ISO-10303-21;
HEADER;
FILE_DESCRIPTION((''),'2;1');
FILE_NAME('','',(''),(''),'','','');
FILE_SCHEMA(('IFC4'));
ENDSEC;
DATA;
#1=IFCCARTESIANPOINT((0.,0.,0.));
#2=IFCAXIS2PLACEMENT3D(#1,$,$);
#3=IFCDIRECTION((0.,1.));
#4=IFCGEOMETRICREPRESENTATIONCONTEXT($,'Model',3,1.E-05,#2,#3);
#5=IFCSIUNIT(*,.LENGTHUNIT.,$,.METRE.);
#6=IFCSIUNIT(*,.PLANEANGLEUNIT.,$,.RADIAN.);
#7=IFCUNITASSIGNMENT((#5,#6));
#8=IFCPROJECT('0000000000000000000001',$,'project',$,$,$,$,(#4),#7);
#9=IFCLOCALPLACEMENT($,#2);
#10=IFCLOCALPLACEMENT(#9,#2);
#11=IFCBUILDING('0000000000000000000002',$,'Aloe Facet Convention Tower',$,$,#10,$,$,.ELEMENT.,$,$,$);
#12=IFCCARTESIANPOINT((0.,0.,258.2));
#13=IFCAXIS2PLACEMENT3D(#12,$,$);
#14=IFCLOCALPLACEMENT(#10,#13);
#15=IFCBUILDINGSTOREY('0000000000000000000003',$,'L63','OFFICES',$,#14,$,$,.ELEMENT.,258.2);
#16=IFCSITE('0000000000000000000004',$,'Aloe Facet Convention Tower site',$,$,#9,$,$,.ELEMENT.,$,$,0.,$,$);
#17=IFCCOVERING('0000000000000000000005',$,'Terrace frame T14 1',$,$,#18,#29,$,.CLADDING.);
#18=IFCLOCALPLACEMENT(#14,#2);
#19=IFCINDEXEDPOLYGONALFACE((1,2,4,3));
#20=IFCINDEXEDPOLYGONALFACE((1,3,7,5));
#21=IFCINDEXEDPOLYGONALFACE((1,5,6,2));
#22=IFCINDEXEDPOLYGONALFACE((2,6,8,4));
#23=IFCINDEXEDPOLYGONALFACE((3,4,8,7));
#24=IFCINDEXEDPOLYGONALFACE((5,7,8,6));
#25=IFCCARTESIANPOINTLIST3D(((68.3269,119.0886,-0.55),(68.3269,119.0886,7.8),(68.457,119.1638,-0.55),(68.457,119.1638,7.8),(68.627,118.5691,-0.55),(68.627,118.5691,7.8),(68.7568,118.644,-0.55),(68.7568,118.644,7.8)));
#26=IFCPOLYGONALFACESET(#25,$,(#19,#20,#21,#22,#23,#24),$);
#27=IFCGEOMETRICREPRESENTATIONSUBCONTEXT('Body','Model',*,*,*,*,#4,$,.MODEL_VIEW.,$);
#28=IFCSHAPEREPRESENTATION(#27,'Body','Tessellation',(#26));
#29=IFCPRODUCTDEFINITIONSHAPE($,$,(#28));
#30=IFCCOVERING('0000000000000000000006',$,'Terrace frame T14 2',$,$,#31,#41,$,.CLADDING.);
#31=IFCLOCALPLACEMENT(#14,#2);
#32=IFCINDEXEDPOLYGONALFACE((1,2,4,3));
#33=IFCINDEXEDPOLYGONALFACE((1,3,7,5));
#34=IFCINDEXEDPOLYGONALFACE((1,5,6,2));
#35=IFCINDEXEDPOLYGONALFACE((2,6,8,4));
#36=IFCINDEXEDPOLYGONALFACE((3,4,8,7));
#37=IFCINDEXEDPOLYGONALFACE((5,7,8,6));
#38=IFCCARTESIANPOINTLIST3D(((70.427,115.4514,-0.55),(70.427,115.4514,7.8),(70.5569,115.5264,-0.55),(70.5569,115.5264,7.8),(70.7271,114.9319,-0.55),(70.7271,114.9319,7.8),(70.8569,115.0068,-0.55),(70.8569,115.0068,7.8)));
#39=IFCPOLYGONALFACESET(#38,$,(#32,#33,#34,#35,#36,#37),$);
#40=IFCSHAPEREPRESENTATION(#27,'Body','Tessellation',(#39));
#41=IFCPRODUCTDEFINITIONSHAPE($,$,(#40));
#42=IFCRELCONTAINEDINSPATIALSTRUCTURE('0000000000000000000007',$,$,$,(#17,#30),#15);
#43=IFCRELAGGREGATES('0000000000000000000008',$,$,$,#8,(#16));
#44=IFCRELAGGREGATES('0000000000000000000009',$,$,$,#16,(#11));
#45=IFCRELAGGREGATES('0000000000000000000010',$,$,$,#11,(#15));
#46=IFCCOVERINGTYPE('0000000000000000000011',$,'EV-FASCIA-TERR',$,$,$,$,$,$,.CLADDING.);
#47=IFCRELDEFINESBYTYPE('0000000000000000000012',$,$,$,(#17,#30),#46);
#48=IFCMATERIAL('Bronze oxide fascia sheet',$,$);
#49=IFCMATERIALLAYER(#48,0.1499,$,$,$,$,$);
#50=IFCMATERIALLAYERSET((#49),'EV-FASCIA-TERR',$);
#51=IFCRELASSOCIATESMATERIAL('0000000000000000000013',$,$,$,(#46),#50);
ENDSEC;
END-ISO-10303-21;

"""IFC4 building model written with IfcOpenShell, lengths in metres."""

from ifc_helpers import new_model, si_unit, direction, frame, origin, place, context, subcontext, project, spatial, polyline, outline, extrude, material, layer, layer_set, type_object, element, save


model = new_model("IFC4")

# Units and contexts
model_context = context("Model", 3, precision=1e-05, world=origin(), true_north=direction((0.0, 1.0)))
body_context = subcontext(model_context, "Body", "Model", "MODEL_VIEW")
ifc_project = project(units=[si_unit("LENGTHUNIT", "METRE"), si_unit("PLANEANGLEUNIT", "RADIAN")], contexts=[model_context])

# Site, building, storey
site_placement = place(None, origin())
site = spatial("IfcSite", under=ifc_project, at=site_placement, Name="Aloe Facet Convention Tower site", CompositionType="ELEMENT", RefElevation=0.0)
building_placement = place(site_placement, origin())
building = spatial("IfcBuilding", under=site, at=building_placement, Name="Aloe Facet Convention Tower", CompositionType="ELEMENT")
storey_placement = place(building_placement, frame((0.0, 0.0, 258.2)))
storey = spatial("IfcBuildingStorey", under=building, at=storey_placement, Name="L63", Description="OFFICES", CompositionType="ELEMENT", Elevation=258.2)

# Coverings
ifc_material_1 = material(Name="Bronze oxide fascia sheet")
ifc_layer_1 = layer(ifc_material_1, 0.1499)
ifc_layer_set_1 = layer_set([ifc_layer_1], Name="EV-FASCIA-TERR")
covering_type = type_object("IfcCoveringType", Name="EV-FASCIA-TERR", PredefinedType="CLADDING", material=ifc_layer_set_1)
covering_1_placement = place(storey_placement, frame((0.0, 0.0, -0.55)))
element("IfcCovering", 1, at=covering_1_placement, inside=storey, type_object=covering_type, Name="Terrace frame T14 1", PredefinedType="CLADDING", context=body_context, shape_type="SweptSolid", body=[
    extrude(outline(polyline([(68.3269, 119.0886), (68.627, 118.5691), (68.7568, 118.644), (68.457, 119.1638), (68.3269, 119.0886)])), origin(), (0.0, 0.0, 1.0), 8.3501),
])
covering_2_placement = place(storey_placement, frame((0.0, 0.0, -0.55)))
element("IfcCovering", 2, at=covering_2_placement, inside=storey, type_object=covering_type, Name="Terrace frame T14 2", PredefinedType="CLADDING", context=body_context, shape_type="SweptSolid", body=[
    extrude(outline(polyline([(70.427, 115.4514), (70.7271, 114.9319), (70.8569, 115.0068), (70.5569, 115.5264), (70.427, 115.4514)])), origin(), (0.0, 0.0, 1.0), 8.3501),
])

save(model, "model.ifc")
